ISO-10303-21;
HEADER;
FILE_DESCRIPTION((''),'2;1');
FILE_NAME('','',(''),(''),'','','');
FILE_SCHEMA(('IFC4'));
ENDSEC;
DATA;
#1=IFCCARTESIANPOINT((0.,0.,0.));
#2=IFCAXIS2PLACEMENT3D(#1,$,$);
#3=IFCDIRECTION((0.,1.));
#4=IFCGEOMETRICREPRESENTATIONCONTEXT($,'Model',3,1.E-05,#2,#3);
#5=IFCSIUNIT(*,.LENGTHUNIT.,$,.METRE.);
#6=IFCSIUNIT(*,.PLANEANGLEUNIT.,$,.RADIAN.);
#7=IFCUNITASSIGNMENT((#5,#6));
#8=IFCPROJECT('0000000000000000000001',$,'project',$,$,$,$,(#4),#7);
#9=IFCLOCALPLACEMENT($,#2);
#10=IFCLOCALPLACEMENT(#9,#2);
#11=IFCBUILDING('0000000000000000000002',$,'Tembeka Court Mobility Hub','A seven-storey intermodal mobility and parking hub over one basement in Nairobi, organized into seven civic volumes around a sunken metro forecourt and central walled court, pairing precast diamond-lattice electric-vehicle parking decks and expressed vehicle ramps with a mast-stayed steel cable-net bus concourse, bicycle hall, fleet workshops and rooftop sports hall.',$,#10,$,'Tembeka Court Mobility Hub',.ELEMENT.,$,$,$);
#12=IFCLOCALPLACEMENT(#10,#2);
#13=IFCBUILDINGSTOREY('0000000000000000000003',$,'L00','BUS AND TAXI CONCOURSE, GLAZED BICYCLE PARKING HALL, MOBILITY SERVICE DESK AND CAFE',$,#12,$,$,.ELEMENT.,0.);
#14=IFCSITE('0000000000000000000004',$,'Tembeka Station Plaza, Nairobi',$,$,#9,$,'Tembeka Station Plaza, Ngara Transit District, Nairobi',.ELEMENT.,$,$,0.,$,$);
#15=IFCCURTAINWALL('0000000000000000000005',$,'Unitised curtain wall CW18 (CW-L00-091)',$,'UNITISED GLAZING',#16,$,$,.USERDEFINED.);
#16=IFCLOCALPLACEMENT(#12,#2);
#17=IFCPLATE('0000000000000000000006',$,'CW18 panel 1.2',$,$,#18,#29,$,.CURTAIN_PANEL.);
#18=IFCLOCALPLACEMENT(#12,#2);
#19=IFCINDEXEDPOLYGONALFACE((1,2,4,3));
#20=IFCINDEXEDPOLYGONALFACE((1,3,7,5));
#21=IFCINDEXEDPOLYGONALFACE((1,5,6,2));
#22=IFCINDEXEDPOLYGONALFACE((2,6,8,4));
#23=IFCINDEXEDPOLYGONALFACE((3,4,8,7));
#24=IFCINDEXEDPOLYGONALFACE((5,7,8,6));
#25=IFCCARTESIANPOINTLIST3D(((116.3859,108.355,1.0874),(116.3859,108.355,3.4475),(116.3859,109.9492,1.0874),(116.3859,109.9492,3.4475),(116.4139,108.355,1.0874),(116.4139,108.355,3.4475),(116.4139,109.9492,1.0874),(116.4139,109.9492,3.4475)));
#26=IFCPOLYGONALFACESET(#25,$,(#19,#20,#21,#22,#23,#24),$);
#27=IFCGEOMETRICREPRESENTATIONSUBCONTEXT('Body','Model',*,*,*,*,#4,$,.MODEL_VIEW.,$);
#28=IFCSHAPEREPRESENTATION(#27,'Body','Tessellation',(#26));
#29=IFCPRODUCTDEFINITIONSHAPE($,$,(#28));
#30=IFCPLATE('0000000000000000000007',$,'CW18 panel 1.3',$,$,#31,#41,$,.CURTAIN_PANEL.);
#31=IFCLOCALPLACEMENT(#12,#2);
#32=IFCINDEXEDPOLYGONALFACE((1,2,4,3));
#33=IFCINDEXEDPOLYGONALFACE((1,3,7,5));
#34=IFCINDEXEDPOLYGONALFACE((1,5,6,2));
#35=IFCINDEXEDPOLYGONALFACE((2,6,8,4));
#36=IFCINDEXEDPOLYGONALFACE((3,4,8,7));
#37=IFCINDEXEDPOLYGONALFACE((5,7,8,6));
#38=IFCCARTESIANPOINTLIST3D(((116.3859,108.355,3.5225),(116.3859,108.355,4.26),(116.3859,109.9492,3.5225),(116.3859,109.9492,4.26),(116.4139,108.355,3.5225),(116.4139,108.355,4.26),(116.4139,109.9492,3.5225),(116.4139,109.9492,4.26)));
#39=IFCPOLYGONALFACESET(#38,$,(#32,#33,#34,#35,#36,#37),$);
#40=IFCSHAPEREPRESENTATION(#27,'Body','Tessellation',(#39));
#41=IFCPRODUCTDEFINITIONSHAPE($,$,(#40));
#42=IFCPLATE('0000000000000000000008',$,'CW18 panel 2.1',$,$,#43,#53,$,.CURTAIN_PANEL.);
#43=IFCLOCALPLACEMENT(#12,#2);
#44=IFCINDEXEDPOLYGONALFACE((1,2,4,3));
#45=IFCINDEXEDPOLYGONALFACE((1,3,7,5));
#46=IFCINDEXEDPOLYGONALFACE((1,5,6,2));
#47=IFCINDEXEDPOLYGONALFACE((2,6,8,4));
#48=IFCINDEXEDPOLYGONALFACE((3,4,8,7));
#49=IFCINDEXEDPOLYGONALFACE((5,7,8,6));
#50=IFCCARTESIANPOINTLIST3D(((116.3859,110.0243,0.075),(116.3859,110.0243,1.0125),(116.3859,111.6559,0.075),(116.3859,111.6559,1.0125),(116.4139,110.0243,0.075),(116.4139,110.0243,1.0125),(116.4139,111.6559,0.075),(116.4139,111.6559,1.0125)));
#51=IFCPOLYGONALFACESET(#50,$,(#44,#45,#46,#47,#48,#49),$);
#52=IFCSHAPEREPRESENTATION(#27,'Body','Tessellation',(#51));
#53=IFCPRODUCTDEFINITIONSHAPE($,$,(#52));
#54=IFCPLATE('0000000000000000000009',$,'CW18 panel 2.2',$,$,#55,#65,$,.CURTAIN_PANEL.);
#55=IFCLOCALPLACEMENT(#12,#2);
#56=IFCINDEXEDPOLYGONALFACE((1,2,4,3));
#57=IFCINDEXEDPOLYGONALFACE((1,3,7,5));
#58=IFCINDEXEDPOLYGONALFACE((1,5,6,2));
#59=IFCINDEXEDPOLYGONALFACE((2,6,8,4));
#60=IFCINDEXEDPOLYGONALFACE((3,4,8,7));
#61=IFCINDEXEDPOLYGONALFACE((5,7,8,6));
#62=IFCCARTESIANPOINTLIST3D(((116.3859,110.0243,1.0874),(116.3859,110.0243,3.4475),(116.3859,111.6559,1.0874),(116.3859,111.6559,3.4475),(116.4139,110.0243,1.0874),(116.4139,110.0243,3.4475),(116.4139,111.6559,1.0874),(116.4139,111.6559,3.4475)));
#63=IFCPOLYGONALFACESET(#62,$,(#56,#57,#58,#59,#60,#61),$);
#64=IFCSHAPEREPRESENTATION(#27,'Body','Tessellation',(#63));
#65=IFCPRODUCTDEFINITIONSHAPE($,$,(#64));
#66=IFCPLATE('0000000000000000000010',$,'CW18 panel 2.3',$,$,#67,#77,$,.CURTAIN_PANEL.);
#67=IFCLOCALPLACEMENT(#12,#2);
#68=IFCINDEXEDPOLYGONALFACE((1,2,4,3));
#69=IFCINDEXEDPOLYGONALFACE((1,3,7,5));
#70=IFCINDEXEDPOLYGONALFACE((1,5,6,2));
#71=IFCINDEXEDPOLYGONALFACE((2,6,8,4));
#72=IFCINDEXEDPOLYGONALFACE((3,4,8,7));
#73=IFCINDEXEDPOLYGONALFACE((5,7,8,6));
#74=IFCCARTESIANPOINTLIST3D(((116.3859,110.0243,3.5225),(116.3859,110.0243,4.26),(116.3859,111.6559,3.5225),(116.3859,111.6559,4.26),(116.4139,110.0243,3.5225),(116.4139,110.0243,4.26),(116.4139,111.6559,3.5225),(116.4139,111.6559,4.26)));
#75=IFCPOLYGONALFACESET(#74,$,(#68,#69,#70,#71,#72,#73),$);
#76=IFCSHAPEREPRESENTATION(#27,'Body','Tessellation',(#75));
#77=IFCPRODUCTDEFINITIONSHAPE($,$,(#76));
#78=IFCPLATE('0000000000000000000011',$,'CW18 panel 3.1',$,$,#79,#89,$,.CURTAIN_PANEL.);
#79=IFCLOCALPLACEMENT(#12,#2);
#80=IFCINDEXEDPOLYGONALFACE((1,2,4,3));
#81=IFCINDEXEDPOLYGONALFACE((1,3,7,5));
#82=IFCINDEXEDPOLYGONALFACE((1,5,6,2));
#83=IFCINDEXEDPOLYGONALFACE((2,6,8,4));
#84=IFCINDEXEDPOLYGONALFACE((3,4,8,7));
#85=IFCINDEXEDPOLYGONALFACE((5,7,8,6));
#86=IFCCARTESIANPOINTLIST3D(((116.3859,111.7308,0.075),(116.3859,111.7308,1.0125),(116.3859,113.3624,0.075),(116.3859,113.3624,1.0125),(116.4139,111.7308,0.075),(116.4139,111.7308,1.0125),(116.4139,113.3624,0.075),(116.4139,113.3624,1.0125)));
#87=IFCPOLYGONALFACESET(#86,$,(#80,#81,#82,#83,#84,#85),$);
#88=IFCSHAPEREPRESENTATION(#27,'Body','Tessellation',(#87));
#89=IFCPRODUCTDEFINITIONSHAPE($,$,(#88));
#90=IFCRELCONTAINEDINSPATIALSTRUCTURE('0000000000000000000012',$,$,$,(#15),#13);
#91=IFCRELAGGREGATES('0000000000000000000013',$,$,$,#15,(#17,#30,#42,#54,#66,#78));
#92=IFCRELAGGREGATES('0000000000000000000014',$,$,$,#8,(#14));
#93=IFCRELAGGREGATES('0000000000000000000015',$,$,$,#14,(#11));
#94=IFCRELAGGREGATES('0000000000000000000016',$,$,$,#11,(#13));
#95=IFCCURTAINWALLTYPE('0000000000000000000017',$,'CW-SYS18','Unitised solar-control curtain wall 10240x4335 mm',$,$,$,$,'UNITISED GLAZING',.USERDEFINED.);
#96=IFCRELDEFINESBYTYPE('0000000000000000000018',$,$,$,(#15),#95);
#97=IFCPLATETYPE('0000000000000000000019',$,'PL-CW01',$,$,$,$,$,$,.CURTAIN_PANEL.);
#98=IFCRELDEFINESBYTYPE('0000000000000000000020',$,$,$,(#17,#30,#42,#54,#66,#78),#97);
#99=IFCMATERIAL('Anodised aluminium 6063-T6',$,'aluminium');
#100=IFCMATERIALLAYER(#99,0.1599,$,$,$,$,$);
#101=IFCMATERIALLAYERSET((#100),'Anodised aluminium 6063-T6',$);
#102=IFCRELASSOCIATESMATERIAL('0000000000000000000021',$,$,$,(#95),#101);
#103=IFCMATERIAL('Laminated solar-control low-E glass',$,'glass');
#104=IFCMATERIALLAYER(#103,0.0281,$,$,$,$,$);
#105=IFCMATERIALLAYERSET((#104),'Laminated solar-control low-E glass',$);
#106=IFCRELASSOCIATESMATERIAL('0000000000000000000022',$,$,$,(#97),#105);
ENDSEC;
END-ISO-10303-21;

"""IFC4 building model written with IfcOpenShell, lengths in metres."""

from ifc_helpers import new_model, si_unit, direction, frame, origin, origin_2d, place, context, subcontext, project, spatial, rectangle, extrude, material, layer, layer_set, type_object, element, aggregate, save


model = new_model("IFC4")

# Units and contexts
model_context = context("Model", 3, precision=1e-05, world=origin(), true_north=direction((0.0, 1.0)))
body_context = subcontext(model_context, "Body", "Model", "MODEL_VIEW")
ifc_project = project(units=[si_unit("LENGTHUNIT", "METRE"), si_unit("PLANEANGLEUNIT", "RADIAN")], contexts=[model_context])

# Site, building, storey
site_placement = place(None, origin())
site = spatial("IfcSite", under=ifc_project, at=site_placement, Name="Tembeka Station Plaza, Nairobi", LongName="Tembeka Station Plaza, Ngara Transit District, Nairobi", CompositionType="ELEMENT", RefElevation=0.0)
building_placement = place(site_placement, origin())
building = spatial("IfcBuilding", under=site, at=building_placement, Name="Tembeka Court Mobility Hub", Description="A seven-storey intermodal mobility and parking hub over one basement in Nairobi, organized into seven civic volumes around a sunken metro forecourt and central walled court, pairing precast diamond-lattice electric-vehicle parking decks and expressed vehicle ramps with a mast-stayed steel cable-net bus concourse, bicycle hall, fleet workshops and rooftop sports hall.", LongName="Tembeka Court Mobility Hub", CompositionType="ELEMENT")
storey_placement = place(building_placement, origin())
storey = spatial("IfcBuildingStorey", under=building, at=storey_placement, Name="L00", Description="BUS AND TAXI CONCOURSE, GLAZED BICYCLE PARKING HALL, MOBILITY SERVICE DESK AND CAFE", CompositionType="ELEMENT", Elevation=0.0)

# Shared definitions
ifc_material_1 = material(Name="Anodised aluminium 6063-T6", Category="aluminium")
ifc_layer_1 = layer(ifc_material_1, 0.1599)
ifc_layer_set_1 = layer_set([ifc_layer_1], Name="Anodised aluminium 6063-T6")
curtain_wall_type = type_object("IfcCurtainWallType", Name="CW-SYS18", Description="Unitised solar-control curtain wall 10240x4335 mm", ElementType="UNITISED GLAZING", PredefinedType="USERDEFINED", material=ifc_layer_set_1)

# Curtain wall
curtain_wall_1_placement = place(storey_placement, origin())
curtain_wall_1 = element("IfcCurtainWall", 1, at=curtain_wall_1_placement, inside=storey, type_object=curtain_wall_type, Name="Unitised curtain wall CW18 (CW-L00-091)", ObjectType="UNITISED GLAZING", PredefinedType="USERDEFINED")

# Plates
ifc_material_2 = material(Name="Laminated solar-control low-E glass", Category="glass")
ifc_layer_2 = layer(ifc_material_2, 0.0281)
ifc_layer_set_2 = layer_set([ifc_layer_2], Name="Laminated solar-control low-E glass")
plate_type = type_object("IfcPlateType", Name="PL-CW01", PredefinedType="CURTAIN_PANEL", material=ifc_layer_set_2)
plate_1_placement = place(storey_placement, frame((116.3999, 109.1521, 1.0874), z_axis=(0.0, 0.0, 1.0), x_axis=(0.0, 1.0, 0.0)))
plate_1 = element("IfcPlate", 2, at=plate_1_placement, type_object=plate_type, Name="CW18 panel 1.2", PredefinedType="CURTAIN_PANEL", context=body_context, shape_type="SweptSolid", body=[
    extrude(rectangle(XDim=1.5942, YDim=0.0281, at=origin_2d()), origin(), (0.0, 0.0, 1.0), 2.3601),
])
plate_2_placement = place(storey_placement, frame((116.3999, 109.1521, 3.5225), z_axis=(0.0, 0.0, 1.0), x_axis=(0.0, 1.0, 0.0)))
plate_2 = element("IfcPlate", 3, at=plate_2_placement, type_object=plate_type, Name="CW18 panel 1.3", PredefinedType="CURTAIN_PANEL", context=body_context, shape_type="SweptSolid", body=[
    extrude(rectangle(XDim=1.5942, YDim=0.0281, at=origin_2d()), origin(), (0.0, 0.0, 1.0), 0.7375),
])
plate_3_placement = place(storey_placement, frame((116.3999, 110.8401, 0.075), z_axis=(0.0, 0.0, 1.0), x_axis=(0.0, 1.0, 0.0)))
plate_3 = element("IfcPlate", 4, at=plate_3_placement, type_object=plate_type, Name="CW18 panel 2.1", PredefinedType="CURTAIN_PANEL", context=body_context, shape_type="SweptSolid", body=[
    extrude(rectangle(XDim=1.6316, YDim=0.0281, at=origin_2d()), origin(), (0.0, 0.0, 1.0), 0.9375),
])
plate_4_placement = place(storey_placement, frame((116.3999, 110.8401, 1.0874), z_axis=(0.0, 0.0, 1.0), x_axis=(0.0, 1.0, 0.0)))
plate_4 = element("IfcPlate", 5, at=plate_4_placement, type_object=plate_type, Name="CW18 panel 2.2", PredefinedType="CURTAIN_PANEL", context=body_context, shape_type="SweptSolid", body=[
    extrude(rectangle(XDim=1.6316, YDim=0.0281, at=origin_2d()), origin(), (0.0, 0.0, 1.0), 2.3601),
])
plate_5_placement = place(storey_placement, frame((116.3999, 110.8401, 3.5225), z_axis=(0.0, 0.0, 1.0), x_axis=(0.0, 1.0, 0.0)))
plate_5 = element("IfcPlate", 6, at=plate_5_placement, type_object=plate_type, Name="CW18 panel 2.3", PredefinedType="CURTAIN_PANEL", context=body_context, shape_type="SweptSolid", body=[
    extrude(rectangle(XDim=1.6316, YDim=0.0281, at=origin_2d()), origin(), (0.0, 0.0, 1.0), 0.7375),
])
plate_6_placement = place(storey_placement, frame((116.3999, 112.5466, 0.075), z_axis=(0.0, 0.0, 1.0), x_axis=(0.0, 1.0, 0.0)))
plate_6 = element("IfcPlate", 7, at=plate_6_placement, type_object=plate_type, Name="CW18 panel 3.1", PredefinedType="CURTAIN_PANEL", context=body_context, shape_type="SweptSolid", body=[
    extrude(rectangle(XDim=1.6316, YDim=0.0281, at=origin_2d()), origin(), (0.0, 0.0, 1.0), 0.9375),
])
aggregate(curtain_wall_1, [plate_1, plate_2, plate_3, plate_4, plate_5, plate_6])

save(model, "model.ifc")
